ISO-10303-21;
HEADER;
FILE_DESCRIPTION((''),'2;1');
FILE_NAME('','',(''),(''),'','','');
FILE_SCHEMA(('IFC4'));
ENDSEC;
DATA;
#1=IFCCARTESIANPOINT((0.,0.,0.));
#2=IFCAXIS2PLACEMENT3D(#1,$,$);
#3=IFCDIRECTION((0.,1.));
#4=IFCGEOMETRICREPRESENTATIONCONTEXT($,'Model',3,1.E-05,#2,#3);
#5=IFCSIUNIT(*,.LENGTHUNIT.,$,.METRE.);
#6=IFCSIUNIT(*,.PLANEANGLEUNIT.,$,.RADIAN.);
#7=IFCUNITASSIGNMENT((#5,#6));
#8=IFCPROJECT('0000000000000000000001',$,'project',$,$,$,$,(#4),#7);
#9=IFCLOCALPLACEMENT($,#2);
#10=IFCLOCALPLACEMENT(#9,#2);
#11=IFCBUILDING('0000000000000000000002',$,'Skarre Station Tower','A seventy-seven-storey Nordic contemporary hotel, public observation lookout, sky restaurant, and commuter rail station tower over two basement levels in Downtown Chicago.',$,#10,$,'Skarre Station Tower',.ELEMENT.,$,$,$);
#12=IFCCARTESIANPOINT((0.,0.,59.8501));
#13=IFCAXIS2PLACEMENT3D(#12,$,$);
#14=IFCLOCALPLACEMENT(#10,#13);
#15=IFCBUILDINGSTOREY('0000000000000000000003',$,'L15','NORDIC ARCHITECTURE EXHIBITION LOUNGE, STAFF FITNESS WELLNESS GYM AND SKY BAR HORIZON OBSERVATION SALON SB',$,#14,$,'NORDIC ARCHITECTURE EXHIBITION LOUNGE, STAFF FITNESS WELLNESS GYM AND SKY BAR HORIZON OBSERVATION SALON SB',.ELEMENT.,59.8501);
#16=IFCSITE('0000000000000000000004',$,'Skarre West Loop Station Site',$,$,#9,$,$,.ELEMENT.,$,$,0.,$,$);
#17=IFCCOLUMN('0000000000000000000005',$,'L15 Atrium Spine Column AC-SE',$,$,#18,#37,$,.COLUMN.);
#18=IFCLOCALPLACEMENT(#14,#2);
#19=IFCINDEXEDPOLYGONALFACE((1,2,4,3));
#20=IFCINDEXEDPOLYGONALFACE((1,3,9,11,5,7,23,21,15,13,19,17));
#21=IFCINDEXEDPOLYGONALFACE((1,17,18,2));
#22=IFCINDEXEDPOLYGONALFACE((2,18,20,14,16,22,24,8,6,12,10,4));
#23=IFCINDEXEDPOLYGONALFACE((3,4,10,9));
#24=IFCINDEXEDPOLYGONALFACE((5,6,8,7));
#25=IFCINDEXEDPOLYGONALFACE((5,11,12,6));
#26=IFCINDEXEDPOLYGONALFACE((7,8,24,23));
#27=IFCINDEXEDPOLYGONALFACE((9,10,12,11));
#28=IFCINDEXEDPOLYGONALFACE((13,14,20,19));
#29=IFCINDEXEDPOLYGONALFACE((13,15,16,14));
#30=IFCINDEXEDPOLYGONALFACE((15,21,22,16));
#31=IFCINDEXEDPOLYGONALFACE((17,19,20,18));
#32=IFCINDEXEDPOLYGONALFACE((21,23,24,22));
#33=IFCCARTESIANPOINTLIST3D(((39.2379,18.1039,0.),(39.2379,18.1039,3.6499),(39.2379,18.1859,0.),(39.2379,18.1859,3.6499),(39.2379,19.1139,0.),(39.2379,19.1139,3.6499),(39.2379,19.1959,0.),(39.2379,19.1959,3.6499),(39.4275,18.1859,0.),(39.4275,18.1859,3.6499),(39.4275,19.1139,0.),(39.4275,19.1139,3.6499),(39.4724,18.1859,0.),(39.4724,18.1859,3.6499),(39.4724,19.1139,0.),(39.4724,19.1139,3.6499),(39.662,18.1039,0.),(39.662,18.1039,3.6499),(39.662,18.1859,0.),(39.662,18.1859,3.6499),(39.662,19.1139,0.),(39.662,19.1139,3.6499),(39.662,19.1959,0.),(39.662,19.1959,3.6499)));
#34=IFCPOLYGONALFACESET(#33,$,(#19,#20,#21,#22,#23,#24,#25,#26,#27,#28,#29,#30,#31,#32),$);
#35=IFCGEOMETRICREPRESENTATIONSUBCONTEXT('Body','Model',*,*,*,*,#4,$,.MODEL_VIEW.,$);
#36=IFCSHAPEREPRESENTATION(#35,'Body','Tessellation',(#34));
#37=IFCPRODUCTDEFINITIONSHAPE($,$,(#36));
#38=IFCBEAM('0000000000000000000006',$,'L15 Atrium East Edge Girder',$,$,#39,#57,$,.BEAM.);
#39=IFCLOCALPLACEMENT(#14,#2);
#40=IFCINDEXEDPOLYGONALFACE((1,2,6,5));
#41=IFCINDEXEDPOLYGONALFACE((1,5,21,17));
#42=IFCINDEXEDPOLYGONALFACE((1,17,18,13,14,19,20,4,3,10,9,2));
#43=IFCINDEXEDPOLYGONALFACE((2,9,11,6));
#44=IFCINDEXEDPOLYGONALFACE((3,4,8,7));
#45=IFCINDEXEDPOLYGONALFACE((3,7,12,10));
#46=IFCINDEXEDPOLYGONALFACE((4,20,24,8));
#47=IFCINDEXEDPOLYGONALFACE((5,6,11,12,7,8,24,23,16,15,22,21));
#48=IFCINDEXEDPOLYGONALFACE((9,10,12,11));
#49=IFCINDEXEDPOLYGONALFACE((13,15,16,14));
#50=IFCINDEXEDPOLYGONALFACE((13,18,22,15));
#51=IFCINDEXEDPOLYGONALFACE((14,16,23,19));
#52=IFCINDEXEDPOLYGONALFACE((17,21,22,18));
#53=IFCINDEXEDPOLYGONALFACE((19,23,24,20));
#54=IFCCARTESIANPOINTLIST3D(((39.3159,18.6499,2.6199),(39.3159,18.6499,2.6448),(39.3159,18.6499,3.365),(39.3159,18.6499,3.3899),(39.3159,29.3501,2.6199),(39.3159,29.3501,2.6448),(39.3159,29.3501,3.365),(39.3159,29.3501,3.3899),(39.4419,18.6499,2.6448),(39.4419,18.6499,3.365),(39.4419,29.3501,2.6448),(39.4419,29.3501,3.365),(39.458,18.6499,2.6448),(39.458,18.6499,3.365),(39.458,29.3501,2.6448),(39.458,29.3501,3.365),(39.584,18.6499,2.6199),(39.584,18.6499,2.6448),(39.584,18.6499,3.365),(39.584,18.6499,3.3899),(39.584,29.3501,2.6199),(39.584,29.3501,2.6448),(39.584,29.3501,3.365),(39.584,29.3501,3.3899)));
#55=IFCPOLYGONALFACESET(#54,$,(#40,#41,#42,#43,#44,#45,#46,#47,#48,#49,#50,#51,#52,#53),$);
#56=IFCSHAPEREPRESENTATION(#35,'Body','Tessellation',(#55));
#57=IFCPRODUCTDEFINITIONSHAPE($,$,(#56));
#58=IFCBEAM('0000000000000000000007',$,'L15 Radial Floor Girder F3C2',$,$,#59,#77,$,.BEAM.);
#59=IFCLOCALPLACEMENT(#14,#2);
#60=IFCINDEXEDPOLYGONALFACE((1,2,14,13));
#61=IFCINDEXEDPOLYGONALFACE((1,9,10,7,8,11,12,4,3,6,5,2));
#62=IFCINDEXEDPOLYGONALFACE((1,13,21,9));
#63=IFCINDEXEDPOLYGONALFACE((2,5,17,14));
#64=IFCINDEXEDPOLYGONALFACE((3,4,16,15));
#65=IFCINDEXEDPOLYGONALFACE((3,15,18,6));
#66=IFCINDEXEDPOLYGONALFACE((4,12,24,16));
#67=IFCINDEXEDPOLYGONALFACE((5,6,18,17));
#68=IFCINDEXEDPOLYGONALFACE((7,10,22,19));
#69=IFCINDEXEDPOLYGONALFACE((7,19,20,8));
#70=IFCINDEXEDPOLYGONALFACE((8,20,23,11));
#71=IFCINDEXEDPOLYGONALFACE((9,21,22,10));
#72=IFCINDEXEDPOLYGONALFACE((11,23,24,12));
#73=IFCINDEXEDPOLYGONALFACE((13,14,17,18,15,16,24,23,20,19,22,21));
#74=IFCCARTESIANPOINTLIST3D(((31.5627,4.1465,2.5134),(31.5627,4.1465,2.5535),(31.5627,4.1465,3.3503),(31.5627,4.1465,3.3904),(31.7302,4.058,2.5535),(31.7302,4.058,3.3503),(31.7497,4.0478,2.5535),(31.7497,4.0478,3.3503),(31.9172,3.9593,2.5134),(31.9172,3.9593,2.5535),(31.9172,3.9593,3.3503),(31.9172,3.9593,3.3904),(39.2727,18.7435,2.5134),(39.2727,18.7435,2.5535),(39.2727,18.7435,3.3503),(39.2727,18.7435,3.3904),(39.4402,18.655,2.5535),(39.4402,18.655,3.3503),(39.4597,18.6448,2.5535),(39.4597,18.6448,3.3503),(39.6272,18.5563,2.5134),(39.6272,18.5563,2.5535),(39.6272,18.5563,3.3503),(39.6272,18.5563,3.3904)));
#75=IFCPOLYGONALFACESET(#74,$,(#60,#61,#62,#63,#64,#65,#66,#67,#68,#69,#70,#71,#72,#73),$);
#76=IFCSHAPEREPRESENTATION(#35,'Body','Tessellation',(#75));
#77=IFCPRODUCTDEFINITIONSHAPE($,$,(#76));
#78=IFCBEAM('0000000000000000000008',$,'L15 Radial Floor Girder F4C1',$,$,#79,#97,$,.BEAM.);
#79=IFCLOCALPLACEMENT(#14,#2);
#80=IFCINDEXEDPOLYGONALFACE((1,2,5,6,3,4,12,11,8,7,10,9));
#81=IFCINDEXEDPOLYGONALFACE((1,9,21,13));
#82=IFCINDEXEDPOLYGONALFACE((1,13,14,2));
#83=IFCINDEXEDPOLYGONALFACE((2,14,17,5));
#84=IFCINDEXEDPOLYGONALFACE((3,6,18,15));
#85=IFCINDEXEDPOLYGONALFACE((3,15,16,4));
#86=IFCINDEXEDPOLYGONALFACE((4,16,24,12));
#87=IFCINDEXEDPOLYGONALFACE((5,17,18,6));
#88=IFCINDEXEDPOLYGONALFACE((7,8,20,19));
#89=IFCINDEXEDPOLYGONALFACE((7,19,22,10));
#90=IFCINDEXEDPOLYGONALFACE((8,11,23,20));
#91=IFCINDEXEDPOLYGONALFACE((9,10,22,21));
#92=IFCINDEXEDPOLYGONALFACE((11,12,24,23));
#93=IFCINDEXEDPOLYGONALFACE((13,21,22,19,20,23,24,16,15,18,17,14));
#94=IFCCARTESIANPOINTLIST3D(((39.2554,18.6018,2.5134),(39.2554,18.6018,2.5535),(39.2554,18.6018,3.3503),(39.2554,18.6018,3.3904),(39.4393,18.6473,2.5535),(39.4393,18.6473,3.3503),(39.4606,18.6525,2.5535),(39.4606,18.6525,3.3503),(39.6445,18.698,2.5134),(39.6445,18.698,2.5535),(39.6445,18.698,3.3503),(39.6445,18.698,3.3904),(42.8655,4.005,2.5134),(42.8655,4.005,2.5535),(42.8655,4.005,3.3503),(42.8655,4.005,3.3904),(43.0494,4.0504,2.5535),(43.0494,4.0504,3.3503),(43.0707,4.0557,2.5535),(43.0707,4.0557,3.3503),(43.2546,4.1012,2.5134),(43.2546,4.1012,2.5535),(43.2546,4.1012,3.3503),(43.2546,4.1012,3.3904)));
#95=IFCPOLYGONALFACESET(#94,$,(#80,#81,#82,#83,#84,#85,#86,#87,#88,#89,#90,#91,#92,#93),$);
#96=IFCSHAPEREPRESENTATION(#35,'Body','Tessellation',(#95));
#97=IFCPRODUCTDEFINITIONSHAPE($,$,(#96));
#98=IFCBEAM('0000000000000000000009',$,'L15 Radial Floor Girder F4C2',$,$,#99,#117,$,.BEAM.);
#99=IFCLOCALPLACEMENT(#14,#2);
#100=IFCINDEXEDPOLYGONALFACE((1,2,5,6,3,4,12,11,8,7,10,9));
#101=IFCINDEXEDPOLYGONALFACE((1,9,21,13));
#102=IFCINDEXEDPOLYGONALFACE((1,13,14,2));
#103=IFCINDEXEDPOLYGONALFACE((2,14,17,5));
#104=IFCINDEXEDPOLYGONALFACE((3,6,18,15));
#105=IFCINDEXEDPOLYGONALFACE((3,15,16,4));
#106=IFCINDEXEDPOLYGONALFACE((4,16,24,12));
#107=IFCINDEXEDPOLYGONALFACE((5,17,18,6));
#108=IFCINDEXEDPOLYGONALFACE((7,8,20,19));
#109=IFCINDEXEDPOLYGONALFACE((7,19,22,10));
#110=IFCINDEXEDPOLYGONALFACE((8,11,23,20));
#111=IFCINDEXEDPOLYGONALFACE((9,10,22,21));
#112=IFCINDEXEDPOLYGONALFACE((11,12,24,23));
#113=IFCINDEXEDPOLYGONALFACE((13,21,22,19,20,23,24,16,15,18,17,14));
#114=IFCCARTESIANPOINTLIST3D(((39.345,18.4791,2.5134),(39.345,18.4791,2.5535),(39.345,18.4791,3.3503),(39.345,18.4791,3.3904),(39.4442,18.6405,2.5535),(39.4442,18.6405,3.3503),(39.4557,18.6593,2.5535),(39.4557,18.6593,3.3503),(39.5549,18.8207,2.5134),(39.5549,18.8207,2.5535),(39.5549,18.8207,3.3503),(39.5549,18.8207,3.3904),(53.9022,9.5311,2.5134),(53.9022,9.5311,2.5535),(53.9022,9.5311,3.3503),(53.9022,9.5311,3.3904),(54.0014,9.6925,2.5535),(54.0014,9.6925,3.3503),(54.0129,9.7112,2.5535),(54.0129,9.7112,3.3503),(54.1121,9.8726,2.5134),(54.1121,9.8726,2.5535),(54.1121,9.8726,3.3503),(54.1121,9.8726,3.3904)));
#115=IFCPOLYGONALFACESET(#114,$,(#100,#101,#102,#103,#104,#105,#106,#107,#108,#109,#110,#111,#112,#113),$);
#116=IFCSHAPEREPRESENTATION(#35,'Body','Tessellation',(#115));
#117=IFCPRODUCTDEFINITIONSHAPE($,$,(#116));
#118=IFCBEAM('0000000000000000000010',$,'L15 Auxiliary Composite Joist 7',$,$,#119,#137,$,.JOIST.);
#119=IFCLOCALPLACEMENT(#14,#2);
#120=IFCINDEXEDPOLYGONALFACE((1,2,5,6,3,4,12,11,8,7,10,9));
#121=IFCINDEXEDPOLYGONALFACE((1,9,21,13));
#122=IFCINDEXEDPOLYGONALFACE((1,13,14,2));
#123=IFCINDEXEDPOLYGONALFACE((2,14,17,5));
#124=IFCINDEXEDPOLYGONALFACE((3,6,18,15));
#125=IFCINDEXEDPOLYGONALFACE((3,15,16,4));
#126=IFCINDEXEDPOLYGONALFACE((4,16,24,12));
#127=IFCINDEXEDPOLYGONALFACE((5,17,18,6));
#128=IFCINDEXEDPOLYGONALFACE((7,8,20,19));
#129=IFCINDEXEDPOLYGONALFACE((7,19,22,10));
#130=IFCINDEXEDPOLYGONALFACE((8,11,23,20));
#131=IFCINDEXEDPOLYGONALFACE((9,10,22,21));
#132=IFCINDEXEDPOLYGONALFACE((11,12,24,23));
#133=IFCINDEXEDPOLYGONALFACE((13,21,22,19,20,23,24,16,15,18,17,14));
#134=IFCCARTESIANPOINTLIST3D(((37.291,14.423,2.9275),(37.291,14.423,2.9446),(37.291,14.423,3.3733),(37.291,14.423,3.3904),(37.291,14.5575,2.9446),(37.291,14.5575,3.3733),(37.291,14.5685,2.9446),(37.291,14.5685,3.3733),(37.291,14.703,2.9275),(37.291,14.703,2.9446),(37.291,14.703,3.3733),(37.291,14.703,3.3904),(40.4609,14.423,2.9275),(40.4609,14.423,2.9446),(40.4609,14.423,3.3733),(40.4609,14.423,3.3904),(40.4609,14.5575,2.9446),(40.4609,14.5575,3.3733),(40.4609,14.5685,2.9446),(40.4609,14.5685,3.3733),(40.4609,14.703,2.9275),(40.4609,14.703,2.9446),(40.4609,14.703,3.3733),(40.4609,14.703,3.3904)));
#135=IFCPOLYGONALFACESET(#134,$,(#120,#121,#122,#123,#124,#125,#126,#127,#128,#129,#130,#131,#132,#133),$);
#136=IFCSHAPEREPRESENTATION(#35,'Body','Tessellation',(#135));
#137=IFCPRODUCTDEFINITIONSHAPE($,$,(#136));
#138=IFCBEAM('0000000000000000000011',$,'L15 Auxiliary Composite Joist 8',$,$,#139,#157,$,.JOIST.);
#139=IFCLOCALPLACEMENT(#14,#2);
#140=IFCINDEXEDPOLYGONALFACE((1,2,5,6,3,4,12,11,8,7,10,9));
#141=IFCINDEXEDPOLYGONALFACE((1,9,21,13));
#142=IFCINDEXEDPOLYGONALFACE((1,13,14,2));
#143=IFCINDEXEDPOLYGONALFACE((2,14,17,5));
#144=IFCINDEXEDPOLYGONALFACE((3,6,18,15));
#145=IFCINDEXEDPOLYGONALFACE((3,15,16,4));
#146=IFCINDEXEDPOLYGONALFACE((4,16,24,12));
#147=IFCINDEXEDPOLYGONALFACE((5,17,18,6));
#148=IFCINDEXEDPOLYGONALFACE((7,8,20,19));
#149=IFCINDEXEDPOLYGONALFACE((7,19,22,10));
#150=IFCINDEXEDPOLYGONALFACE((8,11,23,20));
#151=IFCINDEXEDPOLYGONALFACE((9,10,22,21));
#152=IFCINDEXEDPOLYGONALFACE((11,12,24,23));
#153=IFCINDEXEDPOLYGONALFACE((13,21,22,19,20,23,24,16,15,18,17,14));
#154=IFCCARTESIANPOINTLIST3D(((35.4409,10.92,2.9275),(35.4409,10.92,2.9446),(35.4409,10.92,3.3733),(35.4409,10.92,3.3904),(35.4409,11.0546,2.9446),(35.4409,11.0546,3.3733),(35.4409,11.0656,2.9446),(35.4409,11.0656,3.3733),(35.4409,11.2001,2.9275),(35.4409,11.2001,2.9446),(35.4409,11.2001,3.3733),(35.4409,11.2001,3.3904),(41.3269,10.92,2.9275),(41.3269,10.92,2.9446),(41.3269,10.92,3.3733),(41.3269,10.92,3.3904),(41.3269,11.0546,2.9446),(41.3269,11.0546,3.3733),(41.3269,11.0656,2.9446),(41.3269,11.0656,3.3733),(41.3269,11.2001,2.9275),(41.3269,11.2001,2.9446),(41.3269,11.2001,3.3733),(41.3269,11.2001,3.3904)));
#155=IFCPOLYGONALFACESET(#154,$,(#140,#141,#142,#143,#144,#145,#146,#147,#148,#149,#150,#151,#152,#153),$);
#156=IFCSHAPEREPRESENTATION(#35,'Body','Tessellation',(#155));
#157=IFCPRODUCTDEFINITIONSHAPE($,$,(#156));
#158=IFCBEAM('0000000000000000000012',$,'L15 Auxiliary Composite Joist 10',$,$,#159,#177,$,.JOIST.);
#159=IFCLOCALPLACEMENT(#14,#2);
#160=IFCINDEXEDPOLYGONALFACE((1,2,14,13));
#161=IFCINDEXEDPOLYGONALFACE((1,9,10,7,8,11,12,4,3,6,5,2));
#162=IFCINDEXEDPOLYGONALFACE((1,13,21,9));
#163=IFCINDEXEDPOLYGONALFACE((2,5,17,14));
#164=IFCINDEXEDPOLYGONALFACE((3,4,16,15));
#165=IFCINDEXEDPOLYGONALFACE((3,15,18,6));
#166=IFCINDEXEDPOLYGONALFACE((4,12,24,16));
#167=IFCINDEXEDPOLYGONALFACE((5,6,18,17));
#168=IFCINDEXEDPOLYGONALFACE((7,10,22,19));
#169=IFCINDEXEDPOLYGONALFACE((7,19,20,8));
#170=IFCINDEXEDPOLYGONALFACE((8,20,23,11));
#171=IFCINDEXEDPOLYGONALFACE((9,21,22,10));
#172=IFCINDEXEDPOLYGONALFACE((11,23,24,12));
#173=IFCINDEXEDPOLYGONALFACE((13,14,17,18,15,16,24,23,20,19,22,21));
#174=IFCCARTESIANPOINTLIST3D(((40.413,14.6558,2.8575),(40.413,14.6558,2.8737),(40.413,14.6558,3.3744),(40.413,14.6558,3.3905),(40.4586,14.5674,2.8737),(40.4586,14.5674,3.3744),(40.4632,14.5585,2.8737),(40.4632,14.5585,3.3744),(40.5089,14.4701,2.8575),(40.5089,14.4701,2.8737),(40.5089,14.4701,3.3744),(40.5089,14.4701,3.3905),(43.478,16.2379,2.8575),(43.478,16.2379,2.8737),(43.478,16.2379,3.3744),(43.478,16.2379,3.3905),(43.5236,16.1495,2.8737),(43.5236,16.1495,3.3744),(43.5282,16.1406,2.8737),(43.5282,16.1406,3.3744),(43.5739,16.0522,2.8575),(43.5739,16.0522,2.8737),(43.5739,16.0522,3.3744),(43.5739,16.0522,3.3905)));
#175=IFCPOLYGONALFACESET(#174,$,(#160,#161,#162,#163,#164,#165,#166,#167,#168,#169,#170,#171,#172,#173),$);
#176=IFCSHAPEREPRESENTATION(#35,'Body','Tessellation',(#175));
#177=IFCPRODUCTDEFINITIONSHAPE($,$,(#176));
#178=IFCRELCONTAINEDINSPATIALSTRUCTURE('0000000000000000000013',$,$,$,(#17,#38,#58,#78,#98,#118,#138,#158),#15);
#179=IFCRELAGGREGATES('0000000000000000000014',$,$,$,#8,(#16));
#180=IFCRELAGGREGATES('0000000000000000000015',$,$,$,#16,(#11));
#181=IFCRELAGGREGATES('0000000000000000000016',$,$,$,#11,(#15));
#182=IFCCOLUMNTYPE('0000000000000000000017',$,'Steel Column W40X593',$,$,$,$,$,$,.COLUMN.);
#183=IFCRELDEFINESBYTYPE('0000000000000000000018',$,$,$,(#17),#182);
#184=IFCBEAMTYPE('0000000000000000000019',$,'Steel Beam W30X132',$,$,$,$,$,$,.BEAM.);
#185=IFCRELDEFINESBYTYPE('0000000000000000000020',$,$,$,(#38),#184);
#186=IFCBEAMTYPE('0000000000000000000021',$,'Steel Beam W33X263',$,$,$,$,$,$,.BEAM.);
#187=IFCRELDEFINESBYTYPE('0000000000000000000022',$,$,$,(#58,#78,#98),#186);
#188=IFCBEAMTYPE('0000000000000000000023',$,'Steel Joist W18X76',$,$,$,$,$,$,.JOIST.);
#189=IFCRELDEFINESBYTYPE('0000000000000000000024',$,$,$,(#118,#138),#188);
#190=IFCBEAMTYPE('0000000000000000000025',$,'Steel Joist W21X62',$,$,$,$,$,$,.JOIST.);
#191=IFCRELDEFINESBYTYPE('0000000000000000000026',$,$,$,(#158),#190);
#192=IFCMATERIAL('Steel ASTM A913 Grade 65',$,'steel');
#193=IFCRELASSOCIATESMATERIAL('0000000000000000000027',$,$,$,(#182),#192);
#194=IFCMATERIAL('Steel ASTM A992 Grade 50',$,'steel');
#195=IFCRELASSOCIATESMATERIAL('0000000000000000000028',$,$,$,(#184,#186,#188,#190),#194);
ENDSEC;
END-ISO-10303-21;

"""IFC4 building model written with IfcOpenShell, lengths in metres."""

from ifc_helpers import new_model, si_unit, direction, frame, origin, origin_2d, place, context, subcontext, project, spatial, i_section, extrude, material, material_profile, profile_set, type_object, element, save


model = new_model("IFC4")

# Units and contexts
model_context = context("Model", 3, precision=1e-05, world=origin(), true_north=direction((0.0, 1.0)))
body_context = subcontext(model_context, "Body", "Model", "MODEL_VIEW")
ifc_project = project(units=[si_unit("LENGTHUNIT", "METRE"), si_unit("PLANEANGLEUNIT", "RADIAN")], contexts=[model_context])

# Site, building, storey
site_placement = place(None, origin())
site = spatial("IfcSite", under=ifc_project, at=site_placement, Name="Skarre West Loop Station Site", CompositionType="ELEMENT", RefElevation=0.0)
building_placement = place(site_placement, origin())
building = spatial("IfcBuilding", under=site, at=building_placement, Name="Skarre Station Tower", Description="A seventy-seven-storey Nordic contemporary hotel, public observation lookout, sky restaurant, and commuter rail station tower over two basement levels in Downtown Chicago.", LongName="Skarre Station Tower", CompositionType="ELEMENT")
storey_placement = place(building_placement, frame((0.0, 0.0, 59.8501)))
storey = spatial("IfcBuildingStorey", under=building, at=storey_placement, Name="L15", Description="NORDIC ARCHITECTURE EXHIBITION LOUNGE, STAFF FITNESS WELLNESS GYM AND SKY BAR HORIZON OBSERVATION SALON SB", LongName="NORDIC ARCHITECTURE EXHIBITION LOUNGE, STAFF FITNESS WELLNESS GYM AND SKY BAR HORIZON OBSERVATION SALON SB", CompositionType="ELEMENT", Elevation=59.8501)

# Column
ifc_material_1 = material(Name="Steel ASTM A913 Grade 65", Category="steel")
ifc_material_profile_1 = material_profile(ifc_material_1, i_section(OverallWidth=0.4241, OverallDepth=1.092, WebThickness=0.0449, FlangeThickness=0.082, at=origin_2d()), Name="Steel ASTM A913 Grade 65")
ifc_profile_set_1 = profile_set([ifc_material_profile_1], Name="Steel ASTM A913 Grade 65")
column_type = type_object("IfcColumnType", Name="Steel Column W40X593", PredefinedType="COLUMN", material=ifc_profile_set_1)
column_placement = place(storey_placement, frame((39.45, 18.6499, 0.0), z_axis=(0.0, 0.0, 1.0), x_axis=(1.0, 0.0, 0.0)))
element("IfcColumn", 1, at=column_placement, inside=storey, type_object=column_type, Name="L15 Atrium Spine Column AC-SE", PredefinedType="COLUMN", context=body_context, shape_type="SweptSolid", body=[
    extrude(i_section(OverallWidth=0.4241, OverallDepth=1.092, WebThickness=0.0449, FlangeThickness=0.082, at=origin_2d()), origin(), (0.0, 0.0, 1.0), 3.6499),
])

# Beams
ifc_material_2 = material(Name="Steel ASTM A992 Grade 50", Category="steel")
ifc_material_profile_2 = material_profile(ifc_material_2, i_section(OverallWidth=0.2681, OverallDepth=0.77, WebThickness=0.0161, FlangeThickness=0.0249, at=origin_2d()), Name="Steel ASTM A992 Grade 50")
ifc_profile_set_2 = profile_set([ifc_material_profile_2], Name="Steel ASTM A992 Grade 50")
beam_type_1 = type_object("IfcBeamType", Name="Steel Beam W30X132", PredefinedType="BEAM", material=ifc_profile_set_2)
beam_1_placement = place(storey_placement, frame((39.45, 18.6499, 3.0049), z_axis=(0.0, 1.0, 0.0), x_axis=(-1.0, 0.0, 0.0)))
element("IfcBeam", 2, at=beam_1_placement, inside=storey, type_object=beam_type_1, Name="L15 Atrium East Edge Girder", PredefinedType="BEAM", context=body_context, shape_type="SweptSolid", body=[
    extrude(i_section(OverallWidth=0.2681, OverallDepth=0.77, WebThickness=0.0161, FlangeThickness=0.0249, at=origin_2d()), origin(), (0.0, 0.0, 1.0), 10.7002),
])
ifc_material_profile_3 = material_profile(ifc_material_2, i_section(OverallWidth=0.4009, OverallDepth=0.877, WebThickness=0.022, FlangeThickness=0.04, at=origin_2d()), Name="Steel ASTM A992 Grade 50")
ifc_profile_set_3 = profile_set([ifc_material_profile_3], Name="Steel ASTM A992 Grade 50")
beam_type_2 = type_object("IfcBeamType", Name="Steel Beam W33X263", PredefinedType="BEAM", material=ifc_profile_set_3)
beam_2_placement = place(storey_placement, frame((39.45, 18.6499, 2.9519), z_axis=(-0.467044, -0.884234, 0.0), x_axis=(0.884234, -0.467044, 0.0)))
element("IfcBeam", 3, at=beam_2_placement, inside=storey, type_object=beam_type_2, Name="L15 Radial Floor Girder F3C2", PredefinedType="BEAM", context=body_context, shape_type="SweptSolid", body=[
    extrude(i_section(OverallWidth=0.4009, OverallDepth=0.877, WebThickness=0.022, FlangeThickness=0.04, at=origin_2d()), origin(), (0.0, 0.0, 1.0), 16.5081),
])
beam_3_placement = place(storey_placement, frame((39.45, 18.6499, 2.9519), z_axis=(0.240086, -0.970752, 0.0), x_axis=(0.970752, 0.240086, 0.0)))
element("IfcBeam", 4, at=beam_3_placement, inside=storey, type_object=beam_type_2, Name="L15 Radial Floor Girder F4C1", PredefinedType="BEAM", context=body_context, shape_type="SweptSolid", body=[
    extrude(i_section(OverallWidth=0.4009, OverallDepth=0.877, WebThickness=0.022, FlangeThickness=0.04, at=origin_2d()), origin(), (0.0, 0.0, 1.0), 15.0366),
])
beam_4_placement = place(storey_placement, frame((39.45, 18.6499, 2.9519), z_axis=(0.851926, -0.523663, 0.0), x_axis=(0.523663, 0.851926, 0.0)))
element("IfcBeam", 5, at=beam_4_placement, inside=storey, type_object=beam_type_2, Name="L15 Radial Floor Girder F4C2", PredefinedType="BEAM", context=body_context, shape_type="SweptSolid", body=[
    extrude(i_section(OverallWidth=0.4009, OverallDepth=0.877, WebThickness=0.022, FlangeThickness=0.04, at=origin_2d()), origin(), (0.0, 0.0, 1.0), 17.0874),
])
ifc_material_profile_4 = material_profile(ifc_material_2, i_section(OverallWidth=0.28, OverallDepth=0.4629, WebThickness=0.011, FlangeThickness=0.0171, at=origin_2d()), Name="Steel ASTM A992 Grade 50")
ifc_profile_set_4 = profile_set([ifc_material_profile_4], Name="Steel ASTM A992 Grade 50")
beam_type_3 = type_object("IfcBeamType", Name="Steel Joist W18X76", PredefinedType="JOIST", material=ifc_profile_set_4)
beam_5_placement = place(storey_placement, frame((37.291, 14.563, 3.1589), z_axis=(1.0, 0.0, 0.0), x_axis=(0.0, 1.0, 0.0)))
element("IfcBeam", 6, at=beam_5_placement, inside=storey, type_object=beam_type_3, Name="L15 Auxiliary Composite Joist 7", PredefinedType="JOIST", context=body_context, shape_type="SweptSolid", body=[
    extrude(i_section(OverallWidth=0.28, OverallDepth=0.4629, WebThickness=0.011, FlangeThickness=0.0171, at=origin_2d()), origin(), (0.0, 0.0, 1.0), 3.1699),
])
beam_6_placement = place(storey_placement, frame((35.4409, 11.0601, 3.1589), z_axis=(1.0, 0.0, 0.0), x_axis=(0.0, 1.0, 0.0)))
element("IfcBeam", 7, at=beam_6_placement, inside=storey, type_object=beam_type_3, Name="L15 Auxiliary Composite Joist 8", PredefinedType="JOIST", context=body_context, shape_type="SweptSolid", body=[
    extrude(i_section(OverallWidth=0.28, OverallDepth=0.4629, WebThickness=0.011, FlangeThickness=0.0171, at=origin_2d()), origin(), (0.0, 0.0, 1.0), 5.886),
])
ifc_material_profile_5 = material_profile(ifc_material_2, i_section(OverallWidth=0.209, OverallDepth=0.533, WebThickness=0.01, FlangeThickness=0.0161, at=origin_2d()), Name="Steel ASTM A992 Grade 50")
ifc_profile_set_5 = profile_set([ifc_material_profile_5], Name="Steel ASTM A992 Grade 50")
beam_type_4 = type_object("IfcBeamType", Name="Steel Joist W21X62", PredefinedType="JOIST", material=ifc_profile_set_5)
beam_7_placement = place(storey_placement, frame((40.4609, 14.563, 3.124), z_axis=(0.888606, 0.458672, 0.0), x_axis=(-0.458672, 0.888606, 0.0)))
element("IfcBeam", 8, at=beam_7_placement, inside=storey, type_object=beam_type_4, Name="L15 Auxiliary Composite Joist 10", PredefinedType="JOIST", context=body_context, shape_type="SweptSolid", body=[
    extrude(i_section(OverallWidth=0.209, OverallDepth=0.533, WebThickness=0.01, FlangeThickness=0.0161, at=origin_2d()), origin(), (0.0, 0.0, 1.0), 3.4492),
])

save(model, "model.ifc")
